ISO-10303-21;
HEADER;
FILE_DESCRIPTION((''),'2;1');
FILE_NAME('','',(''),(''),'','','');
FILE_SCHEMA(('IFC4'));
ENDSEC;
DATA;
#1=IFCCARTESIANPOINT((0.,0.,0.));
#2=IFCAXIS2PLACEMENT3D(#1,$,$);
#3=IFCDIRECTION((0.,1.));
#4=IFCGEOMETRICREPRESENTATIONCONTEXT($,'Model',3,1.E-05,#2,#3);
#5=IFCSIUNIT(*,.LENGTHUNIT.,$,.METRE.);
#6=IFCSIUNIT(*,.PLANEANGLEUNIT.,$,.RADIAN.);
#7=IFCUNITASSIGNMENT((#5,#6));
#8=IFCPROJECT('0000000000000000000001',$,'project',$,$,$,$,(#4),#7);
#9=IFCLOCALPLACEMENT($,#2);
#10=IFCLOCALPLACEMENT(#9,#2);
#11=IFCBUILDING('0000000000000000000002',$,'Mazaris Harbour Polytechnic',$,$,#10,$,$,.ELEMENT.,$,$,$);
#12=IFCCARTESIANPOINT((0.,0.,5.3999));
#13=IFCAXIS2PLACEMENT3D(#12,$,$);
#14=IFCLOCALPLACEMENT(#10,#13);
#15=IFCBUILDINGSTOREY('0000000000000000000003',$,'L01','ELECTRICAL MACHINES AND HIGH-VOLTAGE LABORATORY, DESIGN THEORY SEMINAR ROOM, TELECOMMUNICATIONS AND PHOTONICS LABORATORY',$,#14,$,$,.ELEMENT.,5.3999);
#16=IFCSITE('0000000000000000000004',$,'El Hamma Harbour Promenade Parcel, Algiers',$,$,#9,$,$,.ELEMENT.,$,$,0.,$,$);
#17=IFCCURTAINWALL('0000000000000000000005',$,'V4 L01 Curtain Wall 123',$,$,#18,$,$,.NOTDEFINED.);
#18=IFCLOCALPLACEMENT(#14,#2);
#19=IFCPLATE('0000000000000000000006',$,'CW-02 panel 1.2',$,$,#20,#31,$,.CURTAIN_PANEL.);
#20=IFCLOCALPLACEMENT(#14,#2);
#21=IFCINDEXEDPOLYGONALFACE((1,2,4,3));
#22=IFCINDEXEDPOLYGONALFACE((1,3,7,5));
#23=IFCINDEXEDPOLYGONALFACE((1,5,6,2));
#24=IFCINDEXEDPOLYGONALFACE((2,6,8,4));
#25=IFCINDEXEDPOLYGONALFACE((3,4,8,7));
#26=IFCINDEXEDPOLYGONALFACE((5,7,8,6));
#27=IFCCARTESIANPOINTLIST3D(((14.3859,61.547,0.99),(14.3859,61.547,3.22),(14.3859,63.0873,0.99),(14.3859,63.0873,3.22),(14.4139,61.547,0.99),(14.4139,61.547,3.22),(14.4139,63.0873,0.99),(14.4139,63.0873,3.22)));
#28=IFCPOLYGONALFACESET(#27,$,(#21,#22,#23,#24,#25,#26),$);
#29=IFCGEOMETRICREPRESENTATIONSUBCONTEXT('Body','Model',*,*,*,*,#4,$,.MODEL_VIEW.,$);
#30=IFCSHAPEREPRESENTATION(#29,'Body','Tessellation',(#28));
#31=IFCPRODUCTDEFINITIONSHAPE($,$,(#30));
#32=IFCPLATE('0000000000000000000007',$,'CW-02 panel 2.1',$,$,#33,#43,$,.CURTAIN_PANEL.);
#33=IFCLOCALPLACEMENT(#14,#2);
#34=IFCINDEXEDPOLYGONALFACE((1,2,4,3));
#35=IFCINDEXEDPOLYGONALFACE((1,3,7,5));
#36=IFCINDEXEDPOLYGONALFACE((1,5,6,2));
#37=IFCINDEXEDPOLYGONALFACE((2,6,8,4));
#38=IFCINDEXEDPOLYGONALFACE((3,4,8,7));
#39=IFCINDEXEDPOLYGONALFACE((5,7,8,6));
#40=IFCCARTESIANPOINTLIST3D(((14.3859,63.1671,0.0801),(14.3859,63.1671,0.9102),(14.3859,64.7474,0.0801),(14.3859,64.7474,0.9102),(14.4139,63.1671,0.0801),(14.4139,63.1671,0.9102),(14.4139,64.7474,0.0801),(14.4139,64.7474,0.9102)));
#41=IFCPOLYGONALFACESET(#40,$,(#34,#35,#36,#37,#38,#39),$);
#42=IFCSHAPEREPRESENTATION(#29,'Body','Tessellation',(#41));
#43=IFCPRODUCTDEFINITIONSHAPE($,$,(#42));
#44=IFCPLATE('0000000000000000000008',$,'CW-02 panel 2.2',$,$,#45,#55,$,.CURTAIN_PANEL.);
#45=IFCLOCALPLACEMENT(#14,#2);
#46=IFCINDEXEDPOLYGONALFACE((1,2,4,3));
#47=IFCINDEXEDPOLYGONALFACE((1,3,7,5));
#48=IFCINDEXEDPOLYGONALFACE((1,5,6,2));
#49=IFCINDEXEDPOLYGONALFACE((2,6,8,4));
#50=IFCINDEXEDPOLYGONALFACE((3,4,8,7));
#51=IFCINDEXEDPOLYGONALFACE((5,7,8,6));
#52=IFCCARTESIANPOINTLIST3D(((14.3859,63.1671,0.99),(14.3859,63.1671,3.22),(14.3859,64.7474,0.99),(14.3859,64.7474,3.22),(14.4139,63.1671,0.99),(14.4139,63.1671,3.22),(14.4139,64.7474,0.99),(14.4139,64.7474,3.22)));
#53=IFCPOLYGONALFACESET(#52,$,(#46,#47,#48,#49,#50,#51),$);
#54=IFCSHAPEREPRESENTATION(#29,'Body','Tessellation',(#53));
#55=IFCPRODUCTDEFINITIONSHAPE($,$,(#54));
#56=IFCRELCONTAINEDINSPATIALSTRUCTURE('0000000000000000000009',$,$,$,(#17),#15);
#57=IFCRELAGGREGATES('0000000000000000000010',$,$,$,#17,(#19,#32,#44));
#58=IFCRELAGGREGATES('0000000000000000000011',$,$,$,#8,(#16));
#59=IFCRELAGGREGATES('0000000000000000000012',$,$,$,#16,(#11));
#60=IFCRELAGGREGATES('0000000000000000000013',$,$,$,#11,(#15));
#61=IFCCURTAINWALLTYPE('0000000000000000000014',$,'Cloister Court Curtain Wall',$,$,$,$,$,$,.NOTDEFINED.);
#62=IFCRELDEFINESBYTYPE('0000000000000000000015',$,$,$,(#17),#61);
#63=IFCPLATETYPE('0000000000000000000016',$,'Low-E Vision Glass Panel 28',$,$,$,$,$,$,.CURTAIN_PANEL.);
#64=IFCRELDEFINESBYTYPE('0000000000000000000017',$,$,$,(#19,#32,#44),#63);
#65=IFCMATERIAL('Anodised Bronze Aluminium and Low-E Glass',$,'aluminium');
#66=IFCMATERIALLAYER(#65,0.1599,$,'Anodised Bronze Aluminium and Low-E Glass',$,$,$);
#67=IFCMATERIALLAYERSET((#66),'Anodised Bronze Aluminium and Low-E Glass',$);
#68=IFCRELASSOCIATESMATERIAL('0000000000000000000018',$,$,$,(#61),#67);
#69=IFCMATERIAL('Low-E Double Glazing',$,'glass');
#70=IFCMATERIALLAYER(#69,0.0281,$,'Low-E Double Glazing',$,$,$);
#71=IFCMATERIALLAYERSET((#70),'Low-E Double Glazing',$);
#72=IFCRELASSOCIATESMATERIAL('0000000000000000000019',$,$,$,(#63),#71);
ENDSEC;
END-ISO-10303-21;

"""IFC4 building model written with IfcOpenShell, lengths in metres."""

from ifc_helpers import new_model, si_unit, direction, frame, origin, origin_2d, place, context, subcontext, project, spatial, rectangle, extrude, material, layer, layer_set, type_object, element, aggregate, save


model = new_model("IFC4")

# Units and contexts
model_context = context("Model", 3, precision=1e-05, world=origin(), true_north=direction((0.0, 1.0)))
body_context = subcontext(model_context, "Body", "Model", "MODEL_VIEW")
ifc_project = project(units=[si_unit("LENGTHUNIT", "METRE"), si_unit("PLANEANGLEUNIT", "RADIAN")], contexts=[model_context])

# Site, building, storey
site_placement = place(None, origin())
site = spatial("IfcSite", under=ifc_project, at=site_placement, Name="El Hamma Harbour Promenade Parcel, Algiers", CompositionType="ELEMENT", RefElevation=0.0)
building_placement = place(site_placement, origin())
building = spatial("IfcBuilding", under=site, at=building_placement, Name="Mazaris Harbour Polytechnic", CompositionType="ELEMENT")
storey_placement = place(building_placement, frame((0.0, 0.0, 5.3999)))
storey = spatial("IfcBuildingStorey", under=building, at=storey_placement, Name="L01", Description="ELECTRICAL MACHINES AND HIGH-VOLTAGE LABORATORY, DESIGN THEORY SEMINAR ROOM, TELECOMMUNICATIONS AND PHOTONICS LABORATORY", CompositionType="ELEMENT", Elevation=5.3999)

# Curtain wall
ifc_material_1 = material(Name="Anodised Bronze Aluminium and Low-E Glass", Category="aluminium")
ifc_layer_1 = layer(ifc_material_1, 0.1599, Name="Anodised Bronze Aluminium and Low-E Glass")
ifc_layer_set_1 = layer_set([ifc_layer_1], Name="Anodised Bronze Aluminium and Low-E Glass")
curtain_wall_type = type_object("IfcCurtainWallType", Name="Cloister Court Curtain Wall", PredefinedType="NOTDEFINED", material=ifc_layer_set_1)
curtain_wall_1_placement = place(storey_placement, origin())
curtain_wall_1 = element("IfcCurtainWall", 1, at=curtain_wall_1_placement, inside=storey, type_object=curtain_wall_type, Name="V4 L01 Curtain Wall 123", PredefinedType="NOTDEFINED")

# Plates
ifc_material_2 = material(Name="Low-E Double Glazing", Category="glass")
ifc_layer_2 = layer(ifc_material_2, 0.0281, Name="Low-E Double Glazing")
ifc_layer_set_2 = layer_set([ifc_layer_2], Name="Low-E Double Glazing")
plate_type = type_object("IfcPlateType", Name="Low-E Vision Glass Panel 28", PredefinedType="CURTAIN_PANEL", material=ifc_layer_set_2)
plate_1_placement = place(storey_placement, frame((14.3999, 62.3171, 0.99), z_axis=(0.0, 0.0, 1.0), x_axis=(0.0, 1.0, 0.0)))
plate_1 = element("IfcPlate", 2, at=plate_1_placement, type_object=plate_type, Name="CW-02 panel 1.2", PredefinedType="CURTAIN_PANEL", context=body_context, shape_type="SweptSolid", body=[
    extrude(rectangle(XDim=1.5403, YDim=0.0281, at=origin_2d()), origin(), (0.0, 0.0, 1.0), 2.23),
])
plate_2_placement = place(storey_placement, frame((14.3999, 63.9573, 0.0801), z_axis=(0.0, 0.0, 1.0), x_axis=(0.0, 1.0, 0.0)))
plate_2 = element("IfcPlate", 3, at=plate_2_placement, type_object=plate_type, Name="CW-02 panel 2.1", PredefinedType="CURTAIN_PANEL", context=body_context, shape_type="SweptSolid", body=[
    extrude(rectangle(XDim=1.5803, YDim=0.0281, at=origin_2d()), origin(), (0.0, 0.0, 1.0), 0.8301),
])
plate_3_placement = place(storey_placement, frame((14.3999, 63.9573, 0.99), z_axis=(0.0, 0.0, 1.0), x_axis=(0.0, 1.0, 0.0)))
plate_3 = element("IfcPlate", 4, at=plate_3_placement, type_object=plate_type, Name="CW-02 panel 2.2", PredefinedType="CURTAIN_PANEL", context=body_context, shape_type="SweptSolid", body=[
    extrude(rectangle(XDim=1.5803, YDim=0.0281, at=origin_2d()), origin(), (0.0, 0.0, 1.0), 2.23),
])
aggregate(curtain_wall_1, [plate_1, plate_2, plate_3])

save(model, "model.ifc")
